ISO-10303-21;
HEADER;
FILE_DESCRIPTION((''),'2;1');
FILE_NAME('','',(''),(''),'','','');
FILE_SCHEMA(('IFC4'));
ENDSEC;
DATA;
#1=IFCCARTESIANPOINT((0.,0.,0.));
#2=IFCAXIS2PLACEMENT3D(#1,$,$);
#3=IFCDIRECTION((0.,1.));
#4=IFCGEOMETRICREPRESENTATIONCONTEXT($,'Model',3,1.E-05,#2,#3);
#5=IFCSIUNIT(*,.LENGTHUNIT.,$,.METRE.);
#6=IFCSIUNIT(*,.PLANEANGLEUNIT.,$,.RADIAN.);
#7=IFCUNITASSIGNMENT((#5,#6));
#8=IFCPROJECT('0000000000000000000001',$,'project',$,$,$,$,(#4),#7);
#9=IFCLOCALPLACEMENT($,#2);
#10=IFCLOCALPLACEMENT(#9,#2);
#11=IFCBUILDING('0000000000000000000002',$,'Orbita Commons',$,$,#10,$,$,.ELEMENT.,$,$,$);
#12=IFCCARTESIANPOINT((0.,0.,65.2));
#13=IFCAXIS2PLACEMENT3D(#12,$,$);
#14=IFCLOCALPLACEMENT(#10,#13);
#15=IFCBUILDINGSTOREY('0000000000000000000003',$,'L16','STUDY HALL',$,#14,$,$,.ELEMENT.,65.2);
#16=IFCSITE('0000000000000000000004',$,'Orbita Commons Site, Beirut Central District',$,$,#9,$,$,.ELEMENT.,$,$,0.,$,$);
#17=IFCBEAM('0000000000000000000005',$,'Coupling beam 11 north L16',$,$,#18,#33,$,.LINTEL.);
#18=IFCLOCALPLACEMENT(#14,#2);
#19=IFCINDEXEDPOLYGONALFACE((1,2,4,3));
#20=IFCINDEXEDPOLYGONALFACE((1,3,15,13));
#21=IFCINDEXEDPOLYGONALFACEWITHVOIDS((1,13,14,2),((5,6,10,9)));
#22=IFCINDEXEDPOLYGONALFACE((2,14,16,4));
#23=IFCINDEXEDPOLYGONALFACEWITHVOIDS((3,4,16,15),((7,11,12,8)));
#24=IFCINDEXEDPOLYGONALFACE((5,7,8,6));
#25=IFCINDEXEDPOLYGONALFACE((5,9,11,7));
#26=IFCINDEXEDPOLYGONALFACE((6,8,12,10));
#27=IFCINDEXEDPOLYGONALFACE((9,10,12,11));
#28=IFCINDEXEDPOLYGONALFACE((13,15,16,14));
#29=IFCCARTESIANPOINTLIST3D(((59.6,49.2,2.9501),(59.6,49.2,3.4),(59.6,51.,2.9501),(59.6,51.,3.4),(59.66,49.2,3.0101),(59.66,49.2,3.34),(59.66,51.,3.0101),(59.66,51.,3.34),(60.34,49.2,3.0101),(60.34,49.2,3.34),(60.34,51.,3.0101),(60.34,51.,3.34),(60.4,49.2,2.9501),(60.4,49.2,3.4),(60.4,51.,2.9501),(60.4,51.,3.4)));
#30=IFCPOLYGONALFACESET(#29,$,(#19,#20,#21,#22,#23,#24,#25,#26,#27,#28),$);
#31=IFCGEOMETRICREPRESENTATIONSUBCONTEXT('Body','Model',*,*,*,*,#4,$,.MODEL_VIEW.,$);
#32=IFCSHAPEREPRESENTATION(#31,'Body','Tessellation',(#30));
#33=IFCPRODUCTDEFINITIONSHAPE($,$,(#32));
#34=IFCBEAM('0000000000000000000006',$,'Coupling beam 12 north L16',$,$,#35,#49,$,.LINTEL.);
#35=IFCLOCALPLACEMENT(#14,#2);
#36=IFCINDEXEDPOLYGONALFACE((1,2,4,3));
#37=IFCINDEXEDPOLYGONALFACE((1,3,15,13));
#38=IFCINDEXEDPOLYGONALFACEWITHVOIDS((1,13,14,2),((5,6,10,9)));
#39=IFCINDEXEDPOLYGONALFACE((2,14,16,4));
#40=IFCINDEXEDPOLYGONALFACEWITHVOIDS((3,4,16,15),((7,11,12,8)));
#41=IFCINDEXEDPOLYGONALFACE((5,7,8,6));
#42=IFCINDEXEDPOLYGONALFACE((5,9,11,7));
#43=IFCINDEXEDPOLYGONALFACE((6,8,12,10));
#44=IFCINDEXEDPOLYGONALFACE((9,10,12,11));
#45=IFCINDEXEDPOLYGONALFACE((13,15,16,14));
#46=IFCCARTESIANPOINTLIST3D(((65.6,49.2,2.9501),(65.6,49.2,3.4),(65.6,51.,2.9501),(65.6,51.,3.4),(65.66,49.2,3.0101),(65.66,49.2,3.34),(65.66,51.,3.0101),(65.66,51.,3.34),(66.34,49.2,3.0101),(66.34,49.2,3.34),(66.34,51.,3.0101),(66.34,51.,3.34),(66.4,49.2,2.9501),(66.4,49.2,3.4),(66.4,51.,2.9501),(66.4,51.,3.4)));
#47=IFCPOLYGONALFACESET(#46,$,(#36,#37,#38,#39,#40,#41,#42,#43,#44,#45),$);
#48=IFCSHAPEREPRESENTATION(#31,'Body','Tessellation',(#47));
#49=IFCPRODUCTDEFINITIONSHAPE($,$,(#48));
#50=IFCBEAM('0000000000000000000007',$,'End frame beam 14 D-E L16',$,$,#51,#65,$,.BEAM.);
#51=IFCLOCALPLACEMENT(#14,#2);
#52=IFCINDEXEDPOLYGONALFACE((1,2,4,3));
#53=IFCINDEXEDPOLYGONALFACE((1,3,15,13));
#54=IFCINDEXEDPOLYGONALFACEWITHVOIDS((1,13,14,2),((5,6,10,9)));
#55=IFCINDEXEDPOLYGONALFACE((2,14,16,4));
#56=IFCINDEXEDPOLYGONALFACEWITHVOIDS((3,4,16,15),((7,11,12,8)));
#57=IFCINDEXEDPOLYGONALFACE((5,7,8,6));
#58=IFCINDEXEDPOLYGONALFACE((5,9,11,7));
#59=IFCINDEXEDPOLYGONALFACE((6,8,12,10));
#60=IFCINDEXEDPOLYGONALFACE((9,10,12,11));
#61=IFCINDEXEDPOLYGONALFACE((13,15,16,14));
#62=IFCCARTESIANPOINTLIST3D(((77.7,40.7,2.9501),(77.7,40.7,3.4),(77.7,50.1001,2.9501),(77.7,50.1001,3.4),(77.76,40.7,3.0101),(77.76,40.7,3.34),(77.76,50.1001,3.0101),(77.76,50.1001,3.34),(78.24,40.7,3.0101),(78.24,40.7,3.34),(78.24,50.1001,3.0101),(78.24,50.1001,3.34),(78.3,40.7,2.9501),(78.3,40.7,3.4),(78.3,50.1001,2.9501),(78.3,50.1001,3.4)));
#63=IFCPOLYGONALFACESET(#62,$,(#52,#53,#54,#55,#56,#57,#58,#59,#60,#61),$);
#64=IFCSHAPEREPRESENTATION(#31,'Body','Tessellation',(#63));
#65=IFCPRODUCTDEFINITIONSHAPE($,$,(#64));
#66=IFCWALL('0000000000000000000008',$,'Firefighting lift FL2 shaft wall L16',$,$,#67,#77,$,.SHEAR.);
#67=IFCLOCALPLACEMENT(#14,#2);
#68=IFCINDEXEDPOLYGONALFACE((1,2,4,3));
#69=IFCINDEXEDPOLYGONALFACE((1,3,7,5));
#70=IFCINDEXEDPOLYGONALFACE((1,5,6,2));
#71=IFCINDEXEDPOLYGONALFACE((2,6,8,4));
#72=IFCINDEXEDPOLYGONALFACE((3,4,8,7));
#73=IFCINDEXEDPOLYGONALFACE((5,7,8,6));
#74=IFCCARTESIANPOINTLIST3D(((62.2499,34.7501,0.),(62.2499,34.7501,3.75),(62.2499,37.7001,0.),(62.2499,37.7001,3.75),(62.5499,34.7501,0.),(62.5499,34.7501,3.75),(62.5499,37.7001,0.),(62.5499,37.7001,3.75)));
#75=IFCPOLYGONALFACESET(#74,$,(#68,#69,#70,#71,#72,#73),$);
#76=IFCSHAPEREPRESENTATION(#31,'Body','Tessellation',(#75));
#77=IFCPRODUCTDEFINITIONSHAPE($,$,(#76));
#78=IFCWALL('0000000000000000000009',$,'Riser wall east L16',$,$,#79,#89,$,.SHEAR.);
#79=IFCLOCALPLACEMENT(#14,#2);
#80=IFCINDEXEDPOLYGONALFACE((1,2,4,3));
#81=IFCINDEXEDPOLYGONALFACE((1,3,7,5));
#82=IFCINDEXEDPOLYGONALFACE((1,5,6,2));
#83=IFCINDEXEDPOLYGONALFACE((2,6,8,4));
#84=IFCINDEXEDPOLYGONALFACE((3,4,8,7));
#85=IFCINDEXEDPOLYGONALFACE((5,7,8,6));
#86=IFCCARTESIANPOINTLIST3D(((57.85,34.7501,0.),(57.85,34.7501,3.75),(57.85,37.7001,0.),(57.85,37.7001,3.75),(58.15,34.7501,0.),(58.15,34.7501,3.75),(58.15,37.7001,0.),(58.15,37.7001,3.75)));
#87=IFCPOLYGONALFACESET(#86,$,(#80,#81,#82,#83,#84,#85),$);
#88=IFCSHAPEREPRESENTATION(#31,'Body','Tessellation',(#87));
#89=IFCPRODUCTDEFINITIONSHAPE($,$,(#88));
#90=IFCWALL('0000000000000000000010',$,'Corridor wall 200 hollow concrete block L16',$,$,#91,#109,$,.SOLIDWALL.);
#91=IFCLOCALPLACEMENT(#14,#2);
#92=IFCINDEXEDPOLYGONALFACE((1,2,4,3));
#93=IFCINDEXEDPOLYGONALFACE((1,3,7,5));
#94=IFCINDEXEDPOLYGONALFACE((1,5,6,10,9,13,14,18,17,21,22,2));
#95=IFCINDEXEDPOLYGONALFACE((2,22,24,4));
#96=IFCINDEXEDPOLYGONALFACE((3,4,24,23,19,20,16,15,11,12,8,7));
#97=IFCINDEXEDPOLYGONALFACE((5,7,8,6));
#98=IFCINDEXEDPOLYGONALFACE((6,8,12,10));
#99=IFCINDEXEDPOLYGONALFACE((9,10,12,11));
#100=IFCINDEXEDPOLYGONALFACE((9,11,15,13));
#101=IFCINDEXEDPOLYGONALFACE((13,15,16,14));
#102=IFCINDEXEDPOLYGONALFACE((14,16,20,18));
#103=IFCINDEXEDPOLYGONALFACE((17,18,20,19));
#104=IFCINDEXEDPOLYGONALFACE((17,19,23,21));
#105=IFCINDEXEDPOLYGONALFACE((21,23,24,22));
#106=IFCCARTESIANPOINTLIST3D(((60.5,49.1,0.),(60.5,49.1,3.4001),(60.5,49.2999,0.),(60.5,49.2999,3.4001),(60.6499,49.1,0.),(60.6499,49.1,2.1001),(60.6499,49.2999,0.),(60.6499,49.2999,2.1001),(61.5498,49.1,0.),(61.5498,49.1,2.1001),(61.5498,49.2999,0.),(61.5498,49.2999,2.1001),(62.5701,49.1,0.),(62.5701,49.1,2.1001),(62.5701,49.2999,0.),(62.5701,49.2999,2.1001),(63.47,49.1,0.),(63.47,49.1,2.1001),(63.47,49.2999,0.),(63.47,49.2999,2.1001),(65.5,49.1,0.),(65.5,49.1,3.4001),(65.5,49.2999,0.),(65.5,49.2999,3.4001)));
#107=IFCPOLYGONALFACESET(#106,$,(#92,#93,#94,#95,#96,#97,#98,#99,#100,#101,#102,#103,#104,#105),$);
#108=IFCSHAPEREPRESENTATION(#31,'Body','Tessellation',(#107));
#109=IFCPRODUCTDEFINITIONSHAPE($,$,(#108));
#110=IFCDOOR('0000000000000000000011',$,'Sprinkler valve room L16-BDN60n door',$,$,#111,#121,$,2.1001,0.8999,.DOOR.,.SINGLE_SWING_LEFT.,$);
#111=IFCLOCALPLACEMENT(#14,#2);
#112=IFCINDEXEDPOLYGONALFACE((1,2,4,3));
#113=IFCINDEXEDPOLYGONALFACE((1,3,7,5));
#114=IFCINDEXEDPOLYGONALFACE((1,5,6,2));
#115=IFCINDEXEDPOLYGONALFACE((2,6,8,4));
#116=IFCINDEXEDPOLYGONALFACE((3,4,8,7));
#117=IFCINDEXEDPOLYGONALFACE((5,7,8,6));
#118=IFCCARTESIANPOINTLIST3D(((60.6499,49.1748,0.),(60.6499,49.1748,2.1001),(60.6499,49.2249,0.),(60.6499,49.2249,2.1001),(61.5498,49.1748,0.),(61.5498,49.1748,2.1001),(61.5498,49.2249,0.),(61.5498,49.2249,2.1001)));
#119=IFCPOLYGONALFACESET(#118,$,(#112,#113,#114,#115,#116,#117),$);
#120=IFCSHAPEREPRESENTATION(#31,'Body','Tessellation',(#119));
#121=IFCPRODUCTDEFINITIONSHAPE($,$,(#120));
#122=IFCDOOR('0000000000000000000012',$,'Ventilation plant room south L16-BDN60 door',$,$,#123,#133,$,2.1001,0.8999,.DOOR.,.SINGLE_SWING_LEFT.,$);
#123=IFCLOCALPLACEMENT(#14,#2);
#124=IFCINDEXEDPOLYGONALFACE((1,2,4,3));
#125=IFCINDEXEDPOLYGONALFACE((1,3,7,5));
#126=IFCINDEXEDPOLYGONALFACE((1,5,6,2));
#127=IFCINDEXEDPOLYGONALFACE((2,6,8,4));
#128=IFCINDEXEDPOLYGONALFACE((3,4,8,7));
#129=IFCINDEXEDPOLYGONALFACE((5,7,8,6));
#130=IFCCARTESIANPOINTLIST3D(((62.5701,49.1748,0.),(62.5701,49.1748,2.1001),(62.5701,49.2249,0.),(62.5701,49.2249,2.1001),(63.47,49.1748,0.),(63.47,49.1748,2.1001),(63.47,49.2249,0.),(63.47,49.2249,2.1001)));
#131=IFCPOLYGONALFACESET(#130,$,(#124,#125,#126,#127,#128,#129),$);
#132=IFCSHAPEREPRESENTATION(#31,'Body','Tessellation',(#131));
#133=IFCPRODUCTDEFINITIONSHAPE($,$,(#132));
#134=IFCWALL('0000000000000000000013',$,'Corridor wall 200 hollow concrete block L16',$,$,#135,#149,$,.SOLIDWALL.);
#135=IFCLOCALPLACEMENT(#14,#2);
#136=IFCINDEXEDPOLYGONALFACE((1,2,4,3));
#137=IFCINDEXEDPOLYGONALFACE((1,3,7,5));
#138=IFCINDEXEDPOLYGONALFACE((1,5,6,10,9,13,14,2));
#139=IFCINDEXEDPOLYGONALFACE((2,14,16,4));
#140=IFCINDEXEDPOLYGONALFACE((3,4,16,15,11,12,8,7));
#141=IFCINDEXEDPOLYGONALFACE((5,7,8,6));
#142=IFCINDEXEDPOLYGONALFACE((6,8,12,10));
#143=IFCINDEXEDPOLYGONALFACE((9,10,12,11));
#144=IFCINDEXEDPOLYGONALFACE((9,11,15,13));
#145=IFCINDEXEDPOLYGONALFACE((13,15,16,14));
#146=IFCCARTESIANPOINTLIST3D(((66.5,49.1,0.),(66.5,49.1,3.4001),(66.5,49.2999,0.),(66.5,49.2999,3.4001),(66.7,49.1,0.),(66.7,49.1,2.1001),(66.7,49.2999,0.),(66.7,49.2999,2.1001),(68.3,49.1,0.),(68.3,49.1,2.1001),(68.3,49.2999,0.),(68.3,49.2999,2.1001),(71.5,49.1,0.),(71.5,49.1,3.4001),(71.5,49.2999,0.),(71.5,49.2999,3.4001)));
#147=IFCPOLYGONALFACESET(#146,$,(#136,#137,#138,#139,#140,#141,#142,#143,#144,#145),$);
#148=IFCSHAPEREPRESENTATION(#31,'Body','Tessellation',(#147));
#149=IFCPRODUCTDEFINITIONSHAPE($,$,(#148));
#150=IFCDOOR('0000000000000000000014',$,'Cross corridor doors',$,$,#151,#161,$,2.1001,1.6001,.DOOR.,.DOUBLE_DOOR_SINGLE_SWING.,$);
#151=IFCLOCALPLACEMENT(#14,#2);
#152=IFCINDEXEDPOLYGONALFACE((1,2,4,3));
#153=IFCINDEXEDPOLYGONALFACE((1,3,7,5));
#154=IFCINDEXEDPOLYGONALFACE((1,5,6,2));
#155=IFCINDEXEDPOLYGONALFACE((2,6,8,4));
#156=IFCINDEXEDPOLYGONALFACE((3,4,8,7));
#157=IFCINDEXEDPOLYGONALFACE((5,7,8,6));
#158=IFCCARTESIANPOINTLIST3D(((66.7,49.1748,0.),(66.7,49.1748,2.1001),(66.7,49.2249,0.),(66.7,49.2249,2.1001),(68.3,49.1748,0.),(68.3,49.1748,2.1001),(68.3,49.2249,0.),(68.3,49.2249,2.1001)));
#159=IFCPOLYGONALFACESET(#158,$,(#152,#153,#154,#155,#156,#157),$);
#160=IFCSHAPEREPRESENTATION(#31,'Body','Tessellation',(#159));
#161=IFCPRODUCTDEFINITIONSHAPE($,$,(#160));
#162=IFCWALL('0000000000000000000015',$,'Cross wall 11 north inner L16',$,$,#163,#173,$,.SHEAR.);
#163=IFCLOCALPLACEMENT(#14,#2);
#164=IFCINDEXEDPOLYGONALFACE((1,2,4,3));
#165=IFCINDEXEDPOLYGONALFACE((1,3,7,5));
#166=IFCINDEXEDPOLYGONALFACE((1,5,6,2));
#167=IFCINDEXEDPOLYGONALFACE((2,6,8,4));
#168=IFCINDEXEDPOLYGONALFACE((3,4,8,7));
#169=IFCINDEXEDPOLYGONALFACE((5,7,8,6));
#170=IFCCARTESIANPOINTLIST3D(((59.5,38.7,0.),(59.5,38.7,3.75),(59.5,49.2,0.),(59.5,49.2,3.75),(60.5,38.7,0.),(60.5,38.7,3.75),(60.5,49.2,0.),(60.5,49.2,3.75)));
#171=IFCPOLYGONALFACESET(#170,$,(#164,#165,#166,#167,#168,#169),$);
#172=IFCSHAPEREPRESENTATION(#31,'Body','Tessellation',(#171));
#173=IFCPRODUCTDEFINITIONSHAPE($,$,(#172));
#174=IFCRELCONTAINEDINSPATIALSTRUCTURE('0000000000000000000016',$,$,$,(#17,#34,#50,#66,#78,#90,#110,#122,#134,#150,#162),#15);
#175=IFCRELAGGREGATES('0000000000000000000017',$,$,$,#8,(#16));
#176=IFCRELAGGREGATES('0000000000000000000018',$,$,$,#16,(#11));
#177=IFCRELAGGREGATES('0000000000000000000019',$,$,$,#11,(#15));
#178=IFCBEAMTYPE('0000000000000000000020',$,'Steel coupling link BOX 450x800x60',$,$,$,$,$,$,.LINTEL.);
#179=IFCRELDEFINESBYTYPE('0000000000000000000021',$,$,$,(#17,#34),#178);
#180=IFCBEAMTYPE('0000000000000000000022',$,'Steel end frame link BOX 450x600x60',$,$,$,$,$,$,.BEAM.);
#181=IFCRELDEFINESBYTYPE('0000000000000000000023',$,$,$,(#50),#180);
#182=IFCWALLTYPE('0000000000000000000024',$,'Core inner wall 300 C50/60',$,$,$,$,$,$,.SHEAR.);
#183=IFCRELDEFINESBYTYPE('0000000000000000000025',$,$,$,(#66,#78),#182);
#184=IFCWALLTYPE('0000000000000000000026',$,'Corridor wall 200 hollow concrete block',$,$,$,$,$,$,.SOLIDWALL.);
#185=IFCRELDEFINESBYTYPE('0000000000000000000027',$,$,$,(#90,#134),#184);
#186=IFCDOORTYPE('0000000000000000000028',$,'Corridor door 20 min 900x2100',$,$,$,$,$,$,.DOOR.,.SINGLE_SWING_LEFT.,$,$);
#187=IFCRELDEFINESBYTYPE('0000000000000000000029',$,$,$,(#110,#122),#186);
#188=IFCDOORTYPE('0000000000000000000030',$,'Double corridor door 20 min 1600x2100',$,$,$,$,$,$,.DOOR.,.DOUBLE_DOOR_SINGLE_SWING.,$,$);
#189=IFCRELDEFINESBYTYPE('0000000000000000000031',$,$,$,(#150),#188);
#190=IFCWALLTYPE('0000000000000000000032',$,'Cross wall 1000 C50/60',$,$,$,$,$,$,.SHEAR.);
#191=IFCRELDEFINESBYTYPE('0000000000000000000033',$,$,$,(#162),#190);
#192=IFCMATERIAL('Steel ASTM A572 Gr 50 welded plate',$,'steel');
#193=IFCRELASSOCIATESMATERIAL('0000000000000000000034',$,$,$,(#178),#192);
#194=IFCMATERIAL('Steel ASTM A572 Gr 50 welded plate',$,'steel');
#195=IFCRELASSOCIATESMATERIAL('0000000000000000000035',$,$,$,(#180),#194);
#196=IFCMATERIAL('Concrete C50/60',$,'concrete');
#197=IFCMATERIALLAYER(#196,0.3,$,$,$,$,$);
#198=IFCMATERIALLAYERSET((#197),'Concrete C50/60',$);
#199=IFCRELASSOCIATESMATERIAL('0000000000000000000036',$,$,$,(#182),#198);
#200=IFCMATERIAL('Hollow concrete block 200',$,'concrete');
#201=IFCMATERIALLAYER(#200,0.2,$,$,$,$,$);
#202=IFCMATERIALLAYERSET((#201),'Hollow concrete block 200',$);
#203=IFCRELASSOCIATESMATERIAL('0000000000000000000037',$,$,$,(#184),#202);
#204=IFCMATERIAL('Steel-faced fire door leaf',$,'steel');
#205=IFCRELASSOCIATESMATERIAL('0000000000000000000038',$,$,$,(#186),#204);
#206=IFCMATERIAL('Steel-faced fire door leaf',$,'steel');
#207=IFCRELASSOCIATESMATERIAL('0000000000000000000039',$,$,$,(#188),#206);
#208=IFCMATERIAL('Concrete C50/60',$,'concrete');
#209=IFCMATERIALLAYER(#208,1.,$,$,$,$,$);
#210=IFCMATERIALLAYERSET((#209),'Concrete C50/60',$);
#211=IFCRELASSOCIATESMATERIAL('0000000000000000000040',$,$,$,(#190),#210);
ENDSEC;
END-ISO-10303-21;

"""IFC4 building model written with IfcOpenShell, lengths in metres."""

from ifc_helpers import new_model, si_unit, direction, frame, frame_2d, origin, origin_2d, place, context, subcontext, project, spatial, rectangle, hollow_rectangle, extrude, material, layer, layer_set, material_profile, profile_set, type_object, element, fill, save


model = new_model("IFC4")

# Units and contexts
model_context = context("Model", 3, precision=1e-05, world=origin(), true_north=direction((0.0, 1.0)))
body_context = subcontext(model_context, "Body", "Model", "MODEL_VIEW")
ifc_project = project(units=[si_unit("LENGTHUNIT", "METRE"), si_unit("PLANEANGLEUNIT", "RADIAN")], contexts=[model_context])

# Site, building, storey
site_placement = place(None, origin())
site = spatial("IfcSite", under=ifc_project, at=site_placement, Name="Orbita Commons Site, Beirut Central District", CompositionType="ELEMENT", RefElevation=0.0)
building_placement = place(site_placement, origin())
building = spatial("IfcBuilding", under=site, at=building_placement, Name="Orbita Commons", CompositionType="ELEMENT")
storey_placement = place(building_placement, frame((0.0, 0.0, 65.2)))
storey = spatial("IfcBuildingStorey", under=building, at=storey_placement, Name="L16", Description="STUDY HALL", CompositionType="ELEMENT", Elevation=65.2)

# Beams
ifc_material_1 = material(Name="Steel ASTM A572 Gr 50 welded plate", Category="steel")
ifc_material_profile_1 = material_profile(ifc_material_1, hollow_rectangle(XDim=0.8, YDim=0.45, WallThickness=0.0601, at=origin_2d()), Name="BOX 450x800x60")
ifc_profile_set_1 = profile_set([ifc_material_profile_1], Name="Steel ASTM A572 Gr 50 welded plate")
beam_type_1 = type_object("IfcBeamType", Name="Steel coupling link BOX 450x800x60", PredefinedType="LINTEL", material=ifc_profile_set_1)
for number, where, z_axis, x_axis, name in (
    (1, (60.0, 49.2, 3.175), (0.0, 1.0, 0.0), (-1.0, 0.0, 0.0), "Coupling beam 11 north L16"),
    (2, (66.0, 49.2, 3.175), (0.0, 1.0, 0.0), (-1.0, 0.0, 0.0), "Coupling beam 12 north L16"),
):
    element("IfcBeam", number, at=place(storey_placement, frame(where, z_axis=z_axis, x_axis=x_axis)), inside=storey, type_object=beam_type_1, Name=name, PredefinedType="LINTEL", context=body_context, shape_type="SweptSolid", body=[
        extrude(hollow_rectangle(XDim=0.8, YDim=0.45, WallThickness=0.0601, at=origin_2d()), origin(), (0.0, 0.0, 1.0), 1.8),
    ])
ifc_material_2 = material(Name="Steel ASTM A572 Gr 50 welded plate", Category="steel")
ifc_material_profile_2 = material_profile(ifc_material_2, hollow_rectangle(XDim=0.6001, YDim=0.45, WallThickness=0.0601, at=origin_2d()), Name="BOX 450x600x60")
ifc_profile_set_2 = profile_set([ifc_material_profile_2], Name="Steel ASTM A572 Gr 50 welded plate")
beam_type_2 = type_object("IfcBeamType", Name="Steel end frame link BOX 450x600x60", PredefinedType="BEAM", material=ifc_profile_set_2)
beam_placement = place(storey_placement, frame((78.0, 40.7, 3.175), z_axis=(0.0, 1.0, 0.0), x_axis=(-1.0, 0.0, 0.0)))
element("IfcBeam", 3, at=beam_placement, inside=storey, type_object=beam_type_2, Name="End frame beam 14 D-E L16", PredefinedType="BEAM", context=body_context, shape_type="SweptSolid", body=[
    extrude(hollow_rectangle(XDim=0.6001, YDim=0.45, WallThickness=0.0601, at=origin_2d()), origin(), (0.0, 0.0, 1.0), 9.4001),
])

# Walls
ifc_material_3 = material(Name="Concrete C50/60", Category="concrete")
ifc_layer_1 = layer(ifc_material_3, 0.3)
ifc_layer_set_1 = layer_set([ifc_layer_1], Name="Concrete C50/60")
wall_type_1 = type_object("IfcWallType", Name="Core inner wall 300 C50/60", PredefinedType="SHEAR", material=ifc_layer_set_1)
for number, where, z_axis, x_axis, name in (
    (4, (62.3999, 34.75, 0.0), (0.0, 0.0, 1.0), (0.0, 1.0, 0.0), "Firefighting lift FL2 shaft wall L16"),
    (5, (58.0, 34.75, 0.0), (0.0, 0.0, 1.0), (0.0, 1.0, 0.0), "Riser wall east L16"),
):
    element("IfcWall", number, at=place(storey_placement, frame(where, z_axis=z_axis, x_axis=x_axis)), inside=storey, type_object=wall_type_1, Name=name, PredefinedType="SHEAR", context=body_context, shape_type="SweptSolid", body=[
        extrude(rectangle(XDim=2.95, YDim=0.3, at=frame_2d((1.4751, 0.0))), origin(), (0.0, 0.0, 1.0), 3.75),
    ])

# Wall, openings, doors
ifc_material_4 = material(Name="Hollow concrete block 200", Category="concrete")
ifc_layer_2 = layer(ifc_material_4, 0.2)
ifc_layer_set_2 = layer_set([ifc_layer_2], Name="Hollow concrete block 200")
wall_type_2 = type_object("IfcWallType", Name="Corridor wall 200 hollow concrete block", PredefinedType="SOLIDWALL", material=ifc_layer_set_2)
wall_1_placement = place(storey_placement, frame((60.5, 49.2, 0.0), z_axis=(0.0, 0.0, 1.0), x_axis=(1.0, 0.0, 0.0)))
wall_1 = element("IfcWall", 6, at=wall_1_placement, inside=storey, type_object=wall_type_2, Name="Corridor wall 200 hollow concrete block L16", PredefinedType="SOLIDWALL", context=body_context, shape_type="SweptSolid", body=[
    extrude(rectangle(XDim=5.0, YDim=0.2, at=frame_2d((2.5, 0.0))), origin(), (0.0, 0.0, 1.0), 3.4001),
])
opening_1_placement = place(wall_1_placement, frame((0.1499, 0.0, 0.0)))
opening_1 = element("IfcOpeningElement", 7, at=opening_1_placement, cuts=wall_1, PredefinedType="OPENING", context=body_context, shape_type="SweptSolid", body=[
    extrude(rectangle(XDim=0.8999, YDim=2.1001, at=frame_2d((0.45, 1.05))), frame((0.0, 0.1099, 0.0), z_axis=(0.0, -1.0, 0.0), x_axis=(1.0, 0.0, 0.0)), (0.0, 0.0, 1.0), 0.22),
])
opening_2_placement = place(wall_1_placement, frame((2.0701, 0.0, 0.0)))
opening_2 = element("IfcOpeningElement", 8, at=opening_2_placement, cuts=wall_1, PredefinedType="OPENING", context=body_context, shape_type="SweptSolid", body=[
    extrude(rectangle(XDim=0.8999, YDim=2.1001, at=frame_2d((0.45, 1.05))), frame((0.0, 0.1099, 0.0), z_axis=(0.0, -1.0, 0.0), x_axis=(1.0, 0.0, 0.0)), (0.0, 0.0, 1.0), 0.22),
])
ifc_material_5 = material(Name="Steel-faced fire door leaf", Category="steel")
door_type_1 = type_object("IfcDoorType", Name="Corridor door 20 min 900x2100", OperationType="SINGLE_SWING_LEFT", PredefinedType="DOOR", material=ifc_material_5)
door_1_placement = place(opening_1_placement, origin())
door_1 = element("IfcDoor", 9, at=door_1_placement, inside=storey, type_object=door_type_1, Name="Sprinkler valve room L16-BDN60n door", OperationType="SINGLE_SWING_LEFT", OverallHeight=2.1001, OverallWidth=0.8999, PredefinedType="DOOR", context=body_context, shape_type="SweptSolid", body=[
    extrude(rectangle(XDim=0.8999, YDim=2.1001, at=frame_2d((0.45, 1.05))), frame((0.0, 0.0249, 0.0), z_axis=(0.0, -1.0, 0.0), x_axis=(1.0, 0.0, 0.0)), (0.0, 0.0, 1.0), 0.05),
])
fill(opening_1, door_1)
door_2_placement = place(opening_2_placement, origin())
door_2 = element("IfcDoor", 10, at=door_2_placement, inside=storey, type_object=door_type_1, Name="Ventilation plant room south L16-BDN60 door", OperationType="SINGLE_SWING_LEFT", OverallHeight=2.1001, OverallWidth=0.8999, PredefinedType="DOOR", context=body_context, shape_type="SweptSolid", body=[
    extrude(rectangle(XDim=0.8999, YDim=2.1001, at=frame_2d((0.45, 1.05))), frame((0.0, 0.0249, 0.0), z_axis=(0.0, -1.0, 0.0), x_axis=(1.0, 0.0, 0.0)), (0.0, 0.0, 1.0), 0.05),
])
fill(opening_2, door_2)

# Wall, opening, door
wall_2_placement = place(storey_placement, frame((66.5, 49.2, 0.0), z_axis=(0.0, 0.0, 1.0), x_axis=(1.0, 0.0, 0.0)))
wall_2 = element("IfcWall", 11, at=wall_2_placement, inside=storey, type_object=wall_type_2, Name="Corridor wall 200 hollow concrete block L16", PredefinedType="SOLIDWALL", context=body_context, shape_type="SweptSolid", body=[
    extrude(rectangle(XDim=5.0, YDim=0.2, at=frame_2d((2.5, 0.0))), origin(), (0.0, 0.0, 1.0), 3.4001),
])
opening_3_placement = place(wall_2_placement, frame((0.2, 0.0, 0.0)))
opening_3 = element("IfcOpeningElement", 12, at=opening_3_placement, cuts=wall_2, PredefinedType="OPENING", context=body_context, shape_type="SweptSolid", body=[
    extrude(rectangle(XDim=1.6001, YDim=2.1001, at=frame_2d((0.8, 1.05))), frame((0.0, 0.1099, 0.0), z_axis=(0.0, -1.0, 0.0), x_axis=(1.0, 0.0, 0.0)), (0.0, 0.0, 1.0), 0.22),
])
ifc_material_6 = material(Name="Steel-faced fire door leaf", Category="steel")
door_type_2 = type_object("IfcDoorType", Name="Double corridor door 20 min 1600x2100", OperationType="DOUBLE_DOOR_SINGLE_SWING", PredefinedType="DOOR", material=ifc_material_6)
door_3_placement = place(opening_3_placement, origin())
door_3 = element("IfcDoor", 13, at=door_3_placement, inside=storey, type_object=door_type_2, Name="Cross corridor doors", OperationType="DOUBLE_DOOR_SINGLE_SWING", OverallHeight=2.1001, OverallWidth=1.6001, PredefinedType="DOOR", context=body_context, shape_type="SweptSolid", body=[
    extrude(rectangle(XDim=1.6001, YDim=2.1001, at=frame_2d((0.8, 1.05))), frame((0.0, 0.0249, 0.0), z_axis=(0.0, -1.0, 0.0), x_axis=(1.0, 0.0, 0.0)), (0.0, 0.0, 1.0), 0.05),
])
fill(opening_3, door_3)

# Wall
ifc_material_7 = material(Name="Concrete C50/60", Category="concrete")
ifc_layer_3 = layer(ifc_material_7, 1.0)
ifc_layer_set_3 = layer_set([ifc_layer_3], Name="Concrete C50/60")
wall_type_3 = type_object("IfcWallType", Name="Cross wall 1000 C50/60", PredefinedType="SHEAR", material=ifc_layer_set_3)
for number, where, z_axis, x_axis, name in (
    (14, (60.0, 38.7, 0.0), (0.0, 0.0, 1.0), (0.0, 1.0, 0.0), "Cross wall 11 north inner L16"),
):
    element("IfcWall", number, at=place(storey_placement, frame(where, z_axis=z_axis, x_axis=x_axis)), inside=storey, type_object=wall_type_3, Name=name, PredefinedType="SHEAR", context=body_context, shape_type="SweptSolid", body=[
        extrude(rectangle(XDim=10.5, YDim=1.0, at=frame_2d((5.25, 0.0))), origin(), (0.0, 0.0, 1.0), 3.75),
    ])

save(model, "model.ifc")
